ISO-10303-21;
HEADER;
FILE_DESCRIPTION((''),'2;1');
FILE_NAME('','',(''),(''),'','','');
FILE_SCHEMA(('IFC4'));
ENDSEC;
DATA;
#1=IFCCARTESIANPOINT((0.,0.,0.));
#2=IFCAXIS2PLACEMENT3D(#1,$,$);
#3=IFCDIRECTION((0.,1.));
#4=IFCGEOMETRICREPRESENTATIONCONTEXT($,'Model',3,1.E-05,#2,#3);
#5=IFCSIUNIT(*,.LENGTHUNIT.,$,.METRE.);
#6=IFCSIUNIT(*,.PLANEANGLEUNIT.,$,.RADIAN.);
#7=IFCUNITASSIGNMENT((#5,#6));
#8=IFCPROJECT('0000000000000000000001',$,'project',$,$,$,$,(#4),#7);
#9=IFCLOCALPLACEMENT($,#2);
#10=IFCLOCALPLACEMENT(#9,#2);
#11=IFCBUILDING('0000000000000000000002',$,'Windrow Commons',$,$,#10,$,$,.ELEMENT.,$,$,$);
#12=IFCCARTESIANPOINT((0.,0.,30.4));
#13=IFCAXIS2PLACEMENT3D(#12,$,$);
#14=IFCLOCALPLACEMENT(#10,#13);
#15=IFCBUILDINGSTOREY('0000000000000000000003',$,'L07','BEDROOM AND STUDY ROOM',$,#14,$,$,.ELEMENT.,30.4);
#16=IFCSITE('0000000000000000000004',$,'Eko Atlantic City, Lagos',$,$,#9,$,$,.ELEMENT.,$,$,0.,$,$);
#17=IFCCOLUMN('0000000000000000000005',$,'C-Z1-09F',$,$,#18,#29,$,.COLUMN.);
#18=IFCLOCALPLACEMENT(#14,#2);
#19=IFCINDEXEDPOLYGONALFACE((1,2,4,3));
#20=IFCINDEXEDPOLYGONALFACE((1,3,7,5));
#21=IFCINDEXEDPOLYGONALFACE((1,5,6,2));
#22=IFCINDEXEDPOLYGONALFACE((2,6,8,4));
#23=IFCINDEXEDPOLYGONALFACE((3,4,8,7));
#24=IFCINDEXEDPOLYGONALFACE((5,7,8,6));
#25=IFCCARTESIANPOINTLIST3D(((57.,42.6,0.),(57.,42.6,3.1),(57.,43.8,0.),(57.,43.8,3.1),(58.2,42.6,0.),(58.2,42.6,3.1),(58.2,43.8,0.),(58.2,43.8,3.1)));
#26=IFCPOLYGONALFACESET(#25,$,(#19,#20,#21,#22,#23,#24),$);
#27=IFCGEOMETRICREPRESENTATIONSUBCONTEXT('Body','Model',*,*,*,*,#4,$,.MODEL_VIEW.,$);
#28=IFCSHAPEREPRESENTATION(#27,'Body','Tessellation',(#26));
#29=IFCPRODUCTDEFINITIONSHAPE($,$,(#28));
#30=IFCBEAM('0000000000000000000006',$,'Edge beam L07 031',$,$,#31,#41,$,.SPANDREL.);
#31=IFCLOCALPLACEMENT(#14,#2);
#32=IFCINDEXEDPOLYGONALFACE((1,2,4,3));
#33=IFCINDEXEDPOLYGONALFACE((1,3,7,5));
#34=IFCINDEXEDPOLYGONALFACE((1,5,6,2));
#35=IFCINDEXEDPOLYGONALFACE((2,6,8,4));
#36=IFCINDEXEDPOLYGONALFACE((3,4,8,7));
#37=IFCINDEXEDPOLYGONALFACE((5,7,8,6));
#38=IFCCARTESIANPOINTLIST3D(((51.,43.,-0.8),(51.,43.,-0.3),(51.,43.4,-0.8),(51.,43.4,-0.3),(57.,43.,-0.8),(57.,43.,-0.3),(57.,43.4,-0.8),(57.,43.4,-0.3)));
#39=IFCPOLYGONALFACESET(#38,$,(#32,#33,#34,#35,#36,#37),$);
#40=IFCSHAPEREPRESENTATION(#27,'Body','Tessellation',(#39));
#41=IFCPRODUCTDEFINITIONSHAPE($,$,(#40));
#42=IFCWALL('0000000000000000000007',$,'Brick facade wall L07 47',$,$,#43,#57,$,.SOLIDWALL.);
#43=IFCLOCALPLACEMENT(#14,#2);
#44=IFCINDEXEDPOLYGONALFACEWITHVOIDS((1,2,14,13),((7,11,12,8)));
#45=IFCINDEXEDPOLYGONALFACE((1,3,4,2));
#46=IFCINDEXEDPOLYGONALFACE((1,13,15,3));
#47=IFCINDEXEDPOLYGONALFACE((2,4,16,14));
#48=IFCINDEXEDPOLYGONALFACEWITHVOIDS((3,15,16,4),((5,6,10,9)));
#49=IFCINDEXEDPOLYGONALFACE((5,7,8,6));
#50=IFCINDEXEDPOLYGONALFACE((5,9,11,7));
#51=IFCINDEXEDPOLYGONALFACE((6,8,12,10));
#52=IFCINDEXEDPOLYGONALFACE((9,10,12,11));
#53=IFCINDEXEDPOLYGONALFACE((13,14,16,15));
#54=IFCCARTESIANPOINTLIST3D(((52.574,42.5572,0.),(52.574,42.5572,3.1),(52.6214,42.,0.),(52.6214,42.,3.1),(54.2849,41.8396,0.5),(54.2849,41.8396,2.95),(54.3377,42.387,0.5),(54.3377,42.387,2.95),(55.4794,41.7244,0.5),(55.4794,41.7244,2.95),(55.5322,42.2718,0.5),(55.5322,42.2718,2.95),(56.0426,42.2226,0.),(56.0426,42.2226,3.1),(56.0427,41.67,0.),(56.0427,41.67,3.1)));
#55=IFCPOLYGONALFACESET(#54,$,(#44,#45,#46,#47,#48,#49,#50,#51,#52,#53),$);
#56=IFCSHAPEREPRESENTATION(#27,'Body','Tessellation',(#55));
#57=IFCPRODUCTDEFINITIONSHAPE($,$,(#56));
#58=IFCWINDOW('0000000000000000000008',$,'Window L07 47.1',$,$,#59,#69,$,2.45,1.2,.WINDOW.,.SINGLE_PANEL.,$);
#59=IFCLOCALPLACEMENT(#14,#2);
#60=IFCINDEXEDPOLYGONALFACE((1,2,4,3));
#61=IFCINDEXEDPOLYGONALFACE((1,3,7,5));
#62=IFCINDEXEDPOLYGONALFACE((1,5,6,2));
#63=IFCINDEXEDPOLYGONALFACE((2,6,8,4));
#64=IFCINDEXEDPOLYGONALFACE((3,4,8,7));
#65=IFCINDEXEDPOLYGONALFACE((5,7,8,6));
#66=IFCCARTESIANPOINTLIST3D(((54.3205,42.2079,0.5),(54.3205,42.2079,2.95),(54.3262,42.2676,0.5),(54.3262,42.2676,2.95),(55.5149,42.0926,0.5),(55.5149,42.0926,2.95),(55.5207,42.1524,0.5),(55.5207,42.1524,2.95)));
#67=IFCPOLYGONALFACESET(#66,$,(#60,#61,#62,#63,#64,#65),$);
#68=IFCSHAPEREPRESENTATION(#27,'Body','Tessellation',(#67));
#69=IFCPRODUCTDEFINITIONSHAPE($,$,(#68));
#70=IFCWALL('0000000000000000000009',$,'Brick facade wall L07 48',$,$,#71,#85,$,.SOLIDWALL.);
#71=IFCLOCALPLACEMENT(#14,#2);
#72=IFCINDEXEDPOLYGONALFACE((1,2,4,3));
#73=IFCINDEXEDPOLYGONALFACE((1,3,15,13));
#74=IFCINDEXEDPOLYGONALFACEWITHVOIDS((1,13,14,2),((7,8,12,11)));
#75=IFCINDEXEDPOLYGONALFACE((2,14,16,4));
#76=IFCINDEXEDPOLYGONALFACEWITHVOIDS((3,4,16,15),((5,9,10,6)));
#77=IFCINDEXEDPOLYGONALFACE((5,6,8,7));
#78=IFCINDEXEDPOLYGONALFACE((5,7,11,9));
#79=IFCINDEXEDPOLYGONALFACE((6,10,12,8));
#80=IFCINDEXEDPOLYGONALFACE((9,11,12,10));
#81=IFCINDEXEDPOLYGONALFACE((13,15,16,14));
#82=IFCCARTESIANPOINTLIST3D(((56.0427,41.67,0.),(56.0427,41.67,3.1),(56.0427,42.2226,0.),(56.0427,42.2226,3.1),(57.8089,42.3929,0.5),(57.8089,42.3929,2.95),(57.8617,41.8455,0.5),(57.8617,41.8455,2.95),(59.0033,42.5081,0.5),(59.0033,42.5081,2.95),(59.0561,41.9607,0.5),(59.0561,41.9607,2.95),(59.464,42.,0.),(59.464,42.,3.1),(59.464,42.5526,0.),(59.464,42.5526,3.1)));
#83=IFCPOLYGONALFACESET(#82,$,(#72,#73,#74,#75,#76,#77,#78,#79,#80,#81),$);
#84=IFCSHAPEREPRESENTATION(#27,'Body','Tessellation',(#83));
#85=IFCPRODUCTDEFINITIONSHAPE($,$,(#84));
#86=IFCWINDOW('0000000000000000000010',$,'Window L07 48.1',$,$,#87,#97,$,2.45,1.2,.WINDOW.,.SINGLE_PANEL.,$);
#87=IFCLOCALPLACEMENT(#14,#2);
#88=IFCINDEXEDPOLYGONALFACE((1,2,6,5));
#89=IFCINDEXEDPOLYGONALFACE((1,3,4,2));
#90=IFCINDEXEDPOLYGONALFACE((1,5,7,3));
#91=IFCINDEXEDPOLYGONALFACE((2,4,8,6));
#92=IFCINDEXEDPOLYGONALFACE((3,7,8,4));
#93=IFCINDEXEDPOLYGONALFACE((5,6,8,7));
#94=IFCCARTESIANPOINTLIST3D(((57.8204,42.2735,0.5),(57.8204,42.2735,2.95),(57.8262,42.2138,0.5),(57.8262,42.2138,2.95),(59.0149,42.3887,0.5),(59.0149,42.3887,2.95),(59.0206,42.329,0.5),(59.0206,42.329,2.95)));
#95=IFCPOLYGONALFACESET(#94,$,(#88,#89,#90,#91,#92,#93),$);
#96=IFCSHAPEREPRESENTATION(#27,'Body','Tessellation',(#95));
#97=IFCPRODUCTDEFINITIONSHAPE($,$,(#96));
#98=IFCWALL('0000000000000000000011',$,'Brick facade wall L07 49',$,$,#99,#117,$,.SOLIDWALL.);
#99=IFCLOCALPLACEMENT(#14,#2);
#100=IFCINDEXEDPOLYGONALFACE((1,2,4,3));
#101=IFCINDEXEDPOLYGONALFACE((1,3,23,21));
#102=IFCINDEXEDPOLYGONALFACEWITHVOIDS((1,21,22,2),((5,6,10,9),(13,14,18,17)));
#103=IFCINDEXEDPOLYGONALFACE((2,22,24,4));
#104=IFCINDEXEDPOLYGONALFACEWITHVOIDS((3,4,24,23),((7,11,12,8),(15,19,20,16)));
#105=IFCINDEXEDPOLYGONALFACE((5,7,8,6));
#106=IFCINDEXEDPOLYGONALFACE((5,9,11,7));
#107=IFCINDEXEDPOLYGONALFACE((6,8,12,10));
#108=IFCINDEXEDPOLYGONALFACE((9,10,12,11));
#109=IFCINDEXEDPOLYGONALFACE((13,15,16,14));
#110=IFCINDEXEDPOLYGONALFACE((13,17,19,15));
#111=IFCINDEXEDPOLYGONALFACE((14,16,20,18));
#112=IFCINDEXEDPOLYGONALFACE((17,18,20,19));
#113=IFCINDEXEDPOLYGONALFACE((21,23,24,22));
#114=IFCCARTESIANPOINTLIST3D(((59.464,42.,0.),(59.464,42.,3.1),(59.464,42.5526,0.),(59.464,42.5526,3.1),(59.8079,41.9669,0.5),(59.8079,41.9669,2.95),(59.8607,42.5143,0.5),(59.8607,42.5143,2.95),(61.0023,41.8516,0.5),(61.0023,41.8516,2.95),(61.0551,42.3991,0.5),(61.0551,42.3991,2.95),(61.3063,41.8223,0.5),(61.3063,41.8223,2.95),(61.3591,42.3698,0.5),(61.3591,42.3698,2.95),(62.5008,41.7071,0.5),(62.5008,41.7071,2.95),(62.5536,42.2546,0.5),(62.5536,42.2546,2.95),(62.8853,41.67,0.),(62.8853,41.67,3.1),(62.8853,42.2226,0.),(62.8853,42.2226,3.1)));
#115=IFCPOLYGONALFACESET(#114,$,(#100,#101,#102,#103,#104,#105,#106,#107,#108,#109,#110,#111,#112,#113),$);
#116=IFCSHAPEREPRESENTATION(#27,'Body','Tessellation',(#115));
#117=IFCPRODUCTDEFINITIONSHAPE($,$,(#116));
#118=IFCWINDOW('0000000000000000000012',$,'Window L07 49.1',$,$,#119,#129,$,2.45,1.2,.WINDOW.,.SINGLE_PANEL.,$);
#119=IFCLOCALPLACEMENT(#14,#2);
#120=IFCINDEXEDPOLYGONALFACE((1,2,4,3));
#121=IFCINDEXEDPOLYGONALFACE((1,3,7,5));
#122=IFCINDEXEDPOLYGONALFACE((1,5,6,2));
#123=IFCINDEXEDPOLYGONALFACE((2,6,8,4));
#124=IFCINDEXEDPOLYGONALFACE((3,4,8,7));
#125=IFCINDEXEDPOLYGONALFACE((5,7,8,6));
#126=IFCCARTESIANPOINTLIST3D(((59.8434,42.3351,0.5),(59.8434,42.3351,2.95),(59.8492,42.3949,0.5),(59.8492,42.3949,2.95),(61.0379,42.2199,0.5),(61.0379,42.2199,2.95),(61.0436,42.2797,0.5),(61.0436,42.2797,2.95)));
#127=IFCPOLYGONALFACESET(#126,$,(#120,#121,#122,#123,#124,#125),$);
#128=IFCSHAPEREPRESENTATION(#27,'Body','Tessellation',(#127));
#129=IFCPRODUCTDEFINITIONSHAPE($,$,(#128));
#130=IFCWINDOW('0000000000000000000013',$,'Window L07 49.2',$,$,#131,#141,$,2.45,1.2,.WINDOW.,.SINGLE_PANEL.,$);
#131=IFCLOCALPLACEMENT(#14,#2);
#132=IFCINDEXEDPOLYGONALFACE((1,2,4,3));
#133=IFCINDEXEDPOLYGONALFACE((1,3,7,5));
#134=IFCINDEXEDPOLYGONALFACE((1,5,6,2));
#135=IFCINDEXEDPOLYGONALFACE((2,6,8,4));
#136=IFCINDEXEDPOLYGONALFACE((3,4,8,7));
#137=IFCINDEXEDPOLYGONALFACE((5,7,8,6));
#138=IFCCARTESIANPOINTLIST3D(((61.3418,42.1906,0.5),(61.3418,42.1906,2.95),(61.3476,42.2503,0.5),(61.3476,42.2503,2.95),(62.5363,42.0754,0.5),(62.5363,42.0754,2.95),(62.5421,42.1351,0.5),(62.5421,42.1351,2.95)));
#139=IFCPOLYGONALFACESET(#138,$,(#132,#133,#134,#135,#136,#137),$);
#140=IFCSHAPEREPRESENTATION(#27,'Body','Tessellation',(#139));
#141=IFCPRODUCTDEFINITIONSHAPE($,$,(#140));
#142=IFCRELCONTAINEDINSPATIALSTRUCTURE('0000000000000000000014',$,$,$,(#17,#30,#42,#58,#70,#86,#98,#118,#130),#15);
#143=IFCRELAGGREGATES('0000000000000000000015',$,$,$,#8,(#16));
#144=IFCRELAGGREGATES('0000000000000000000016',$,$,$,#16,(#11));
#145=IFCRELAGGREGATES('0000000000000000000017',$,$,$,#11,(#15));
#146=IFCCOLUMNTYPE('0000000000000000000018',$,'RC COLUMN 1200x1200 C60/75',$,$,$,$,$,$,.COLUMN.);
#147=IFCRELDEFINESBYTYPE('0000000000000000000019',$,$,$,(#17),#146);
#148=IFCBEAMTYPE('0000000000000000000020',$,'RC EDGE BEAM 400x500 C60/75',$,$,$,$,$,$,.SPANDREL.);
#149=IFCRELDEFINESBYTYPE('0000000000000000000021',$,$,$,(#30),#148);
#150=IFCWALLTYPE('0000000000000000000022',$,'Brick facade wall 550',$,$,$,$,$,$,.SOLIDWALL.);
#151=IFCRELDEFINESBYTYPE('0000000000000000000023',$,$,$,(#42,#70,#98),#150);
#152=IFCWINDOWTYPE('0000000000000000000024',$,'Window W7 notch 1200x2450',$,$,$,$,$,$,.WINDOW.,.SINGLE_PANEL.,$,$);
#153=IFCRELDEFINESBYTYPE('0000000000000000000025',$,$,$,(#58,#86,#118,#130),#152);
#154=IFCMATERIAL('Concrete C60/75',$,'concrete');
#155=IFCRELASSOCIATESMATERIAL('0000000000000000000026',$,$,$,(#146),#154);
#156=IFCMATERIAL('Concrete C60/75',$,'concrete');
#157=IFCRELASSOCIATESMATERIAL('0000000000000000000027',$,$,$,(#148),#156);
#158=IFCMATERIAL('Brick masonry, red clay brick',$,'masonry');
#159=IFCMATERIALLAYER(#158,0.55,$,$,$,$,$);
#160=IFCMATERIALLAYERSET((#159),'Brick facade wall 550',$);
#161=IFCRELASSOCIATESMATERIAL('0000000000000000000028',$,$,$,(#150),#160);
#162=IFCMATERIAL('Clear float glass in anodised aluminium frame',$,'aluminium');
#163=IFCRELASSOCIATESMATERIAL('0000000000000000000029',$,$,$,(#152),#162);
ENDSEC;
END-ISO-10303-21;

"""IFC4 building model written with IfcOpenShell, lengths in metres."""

from ifc_helpers import new_model, si_unit, direction, frame, frame_2d, origin, origin_2d, place, context, subcontext, project, spatial, polyline, rectangle, outline, extrude, material, layer, layer_set, material_profile, profile_set, type_object, element, fill, save


model = new_model("IFC4")

# Units and contexts
model_context = context("Model", 3, precision=1e-05, world=origin(), true_north=direction((0.0, 1.0)))
body_context = subcontext(model_context, "Body", "Model", "MODEL_VIEW")
ifc_project = project(units=[si_unit("LENGTHUNIT", "METRE"), si_unit("PLANEANGLEUNIT", "RADIAN")], contexts=[model_context])

# Site, building, storey
site_placement = place(None, origin())
site = spatial("IfcSite", under=ifc_project, at=site_placement, Name="Eko Atlantic City, Lagos", CompositionType="ELEMENT", RefElevation=0.0)
building_placement = place(site_placement, origin())
building = spatial("IfcBuilding", under=site, at=building_placement, Name="Windrow Commons", CompositionType="ELEMENT")
storey_placement = place(building_placement, frame((0.0, 0.0, 30.4)))
storey = spatial("IfcBuildingStorey", under=building, at=storey_placement, Name="L07", Description="BEDROOM AND STUDY ROOM", CompositionType="ELEMENT", Elevation=30.4)

# Column
ifc_material_1 = material(Name="Concrete C60/75", Category="concrete")
ifc_material_profile_1 = material_profile(ifc_material_1, rectangle(XDim=1.2, YDim=1.2, at=origin_2d()))
ifc_profile_set_1 = profile_set([ifc_material_profile_1], Name="Concrete C60/75")
column_type = type_object("IfcColumnType", Name="RC COLUMN 1200x1200 C60/75", PredefinedType="COLUMN", material=ifc_profile_set_1)
column_placement = place(storey_placement, frame((57.6, 43.2, 0.0), z_axis=(0.0, 0.0, 1.0), x_axis=(1.0, 0.0, 0.0)))
element("IfcColumn", 1, at=column_placement, inside=storey, type_object=column_type, Name="C-Z1-09F", PredefinedType="COLUMN", context=body_context, shape_type="SweptSolid", body=[
    extrude(rectangle(XDim=1.2, YDim=1.2, at=origin_2d()), origin(), (0.0, 0.0, 1.0), 3.1),
])

# Beam
ifc_material_2 = material(Name="Concrete C60/75", Category="concrete")
ifc_material_profile_2 = material_profile(ifc_material_2, rectangle(XDim=0.4, YDim=0.5, at=origin_2d()))
ifc_profile_set_2 = profile_set([ifc_material_profile_2], Name="Concrete C60/75")
beam_type = type_object("IfcBeamType", Name="RC EDGE BEAM 400x500 C60/75", PredefinedType="SPANDREL", material=ifc_profile_set_2)
beam_placement = place(storey_placement, frame((57.0, 43.2, -0.55), z_axis=(-1.0, 0.0, 0.0), x_axis=(0.0, -1.0, 0.0)))
element("IfcBeam", 2, at=beam_placement, inside=storey, type_object=beam_type, Name="Edge beam L07 031", PredefinedType="SPANDREL", context=body_context, shape_type="SweptSolid", body=[
    extrude(rectangle(XDim=0.4, YDim=0.5, at=origin_2d()), origin(), (0.0, 0.0, 1.0), 6.0),
])

# Walls, openings, windows
ifc_material_3 = material(Name="Brick masonry, red clay brick", Category="masonry")
ifc_layer_1 = layer(ifc_material_3, 0.55)
ifc_layer_set_1 = layer_set([ifc_layer_1], Name="Brick facade wall 550")
wall_type_1 = type_object("IfcWallType", Name="Brick facade wall 550", PredefinedType="SOLIDWALL", material=ifc_layer_set_1)
wall_1_placement = place(storey_placement, frame((52.5977, 42.2786, 0.0), z_axis=(0.0, 0.0, 1.0), x_axis=(0.99538, -0.096013, 0.0)))
wall_1 = element("IfcWall", 3, at=wall_1_placement, inside=storey, type_object=wall_type_1, Name="Brick facade wall L07 47", PredefinedType="SOLIDWALL", context=body_context, shape_type="SweptSolid", body=[
    extrude(outline(polyline([(0.0503, -0.275), (3.4875, -0.275), (3.4344, 0.275), (-0.0503, 0.275), (0.0503, -0.275)])), origin(), (0.0, 0.0, 1.0), 3.1),
])
opening_1_placement = place(wall_1_placement, frame((1.7216, 0.0, 0.5)))
opening_1 = element("IfcOpeningElement", 4, at=opening_1_placement, cuts=wall_1, PredefinedType="OPENING", context=body_context, shape_type="SweptSolid", body=[
    extrude(rectangle(XDim=1.2, YDim=2.45, at=frame_2d((0.6, 1.225))), frame((0.0, 0.285, 0.0), z_axis=(0.0, -1.0, 0.0), x_axis=(1.0, 0.0, 0.0)), (0.0, 0.0, 1.0), 0.57),
])
ifc_material_4 = material(Name="Clear float glass in anodised aluminium frame", Category="aluminium")
window_type = type_object("IfcWindowType", Name="Window W7 notch 1200x2450", PartitioningType="SINGLE_PANEL", PredefinedType="WINDOW", material=ifc_material_4)
window_1_placement = place(opening_1_placement, origin())
window_1 = element("IfcWindow", 5, at=window_1_placement, inside=storey, type_object=window_type, Name="Window L07 47.1", OverallHeight=2.45, OverallWidth=1.2, PartitioningType="SINGLE_PANEL", PredefinedType="WINDOW", context=body_context, shape_type="SweptSolid", body=[
    extrude(rectangle(XDim=1.2, YDim=2.45, at=frame_2d((0.6, 1.225))), frame((0.0, 0.155, 0.0), z_axis=(0.0, -1.0, 0.0), x_axis=(1.0, 0.0, 0.0)), (0.0, 0.0, 1.0), 0.06),
])
fill(opening_1, window_1)
wall_2_placement = place(storey_placement, frame((56.0427, 41.9463, 0.0), z_axis=(0.0, 0.0, 1.0), x_axis=(0.99538, 0.096009, 0.0)))
wall_2 = element("IfcWall", 6, at=wall_2_placement, inside=storey, type_object=wall_type_1, Name="Brick facade wall L07 48", PredefinedType="SOLIDWALL", context=body_context, shape_type="SweptSolid", body=[
    extrude(outline(polyline([(-0.0265, -0.275), (3.4107, -0.275), (3.4637, 0.275), (0.0265, 0.275), (-0.0265, -0.275)])), origin(), (0.0, 0.0, 1.0), 3.1),
])
opening_2_placement = place(wall_2_placement, frame((1.8009, 0.0, 0.5)))
opening_2 = element("IfcOpeningElement", 7, at=opening_2_placement, cuts=wall_2, PredefinedType="OPENING", context=body_context, shape_type="SweptSolid", body=[
    extrude(rectangle(XDim=1.2, YDim=2.45, at=frame_2d((0.6, 1.225))), frame((0.0, 0.285, 0.0), z_axis=(0.0, -1.0, 0.0), x_axis=(1.0, 0.0, 0.0)), (0.0, 0.0, 1.0), 0.57),
])
window_2_placement = place(opening_2_placement, origin())
window_2 = element("IfcWindow", 8, at=window_2_placement, inside=storey, type_object=window_type, Name="Window L07 48.1", OverallHeight=2.45, OverallWidth=1.2, PartitioningType="SINGLE_PANEL", PredefinedType="WINDOW", context=body_context, shape_type="SweptSolid", body=[
    extrude(rectangle(XDim=1.2, YDim=2.45, at=frame_2d((0.6, 1.225))), frame((0.0, 0.155, 0.0), z_axis=(0.0, -1.0, 0.0), x_axis=(1.0, 0.0, 0.0)), (0.0, 0.0, 1.0), 0.06),
])
fill(opening_2, window_2)

# Wall, openings, windows
wall_3_placement = place(storey_placement, frame((59.464, 42.2763, 0.0), z_axis=(0.0, 0.0, 1.0), x_axis=(0.99538, -0.096009, 0.0)))
wall_3 = element("IfcWall", 9, at=wall_3_placement, inside=storey, type_object=wall_type_1, Name="Brick facade wall L07 49", PredefinedType="SOLIDWALL", context=body_context, shape_type="SweptSolid", body=[
    extrude(outline(polyline([(0.0265, -0.275), (3.4637, -0.275), (3.4107, 0.275), (-0.0265, 0.275), (0.0265, -0.275)])), origin(), (0.0, 0.0, 1.0), 3.1),
])
opening_3_placement = place(wall_3_placement, frame((0.372, 0.0, 0.5)))
opening_3 = element("IfcOpeningElement", 10, at=opening_3_placement, cuts=wall_3, PredefinedType="OPENING", context=body_context, shape_type="SweptSolid", body=[
    extrude(rectangle(XDim=1.2, YDim=2.45, at=frame_2d((0.6, 1.225))), frame((0.0, 0.285, 0.0), z_axis=(0.0, -1.0, 0.0), x_axis=(1.0, 0.0, 0.0)), (0.0, 0.0, 1.0), 0.57),
])
opening_4_placement = place(wall_3_placement, frame((1.8774, 0.0, 0.5)))
opening_4 = element("IfcOpeningElement", 11, at=opening_4_placement, cuts=wall_3, PredefinedType="OPENING", context=body_context, shape_type="SweptSolid", body=[
    extrude(rectangle(XDim=1.2, YDim=2.45, at=frame_2d((0.6, 1.225))), frame((0.0, 0.285, 0.0), z_axis=(0.0, -1.0, 0.0), x_axis=(1.0, 0.0, 0.0)), (0.0, 0.0, 1.0), 0.57),
])
window_3_placement = place(opening_3_placement, origin())
window_3 = element("IfcWindow", 12, at=window_3_placement, inside=storey, type_object=window_type, Name="Window L07 49.1", OverallHeight=2.45, OverallWidth=1.2, PartitioningType="SINGLE_PANEL", PredefinedType="WINDOW", context=body_context, shape_type="SweptSolid", body=[
    extrude(rectangle(XDim=1.2, YDim=2.45, at=frame_2d((0.6, 1.225))), frame((0.0, 0.155, 0.0), z_axis=(0.0, -1.0, 0.0), x_axis=(1.0, 0.0, 0.0)), (0.0, 0.0, 1.0), 0.06),
])
fill(opening_3, window_3)
window_4_placement = place(opening_4_placement, origin())
window_4 = element("IfcWindow", 13, at=window_4_placement, inside=storey, type_object=window_type, Name="Window L07 49.2", OverallHeight=2.45, OverallWidth=1.2, PartitioningType="SINGLE_PANEL", PredefinedType="WINDOW", context=body_context, shape_type="SweptSolid", body=[
    extrude(rectangle(XDim=1.2, YDim=2.45, at=frame_2d((0.6, 1.225))), frame((0.0, 0.155, 0.0), z_axis=(0.0, -1.0, 0.0), x_axis=(1.0, 0.0, 0.0)), (0.0, 0.0, 1.0), 0.06),
])
fill(opening_4, window_4)

save(model, "model.ifc")
